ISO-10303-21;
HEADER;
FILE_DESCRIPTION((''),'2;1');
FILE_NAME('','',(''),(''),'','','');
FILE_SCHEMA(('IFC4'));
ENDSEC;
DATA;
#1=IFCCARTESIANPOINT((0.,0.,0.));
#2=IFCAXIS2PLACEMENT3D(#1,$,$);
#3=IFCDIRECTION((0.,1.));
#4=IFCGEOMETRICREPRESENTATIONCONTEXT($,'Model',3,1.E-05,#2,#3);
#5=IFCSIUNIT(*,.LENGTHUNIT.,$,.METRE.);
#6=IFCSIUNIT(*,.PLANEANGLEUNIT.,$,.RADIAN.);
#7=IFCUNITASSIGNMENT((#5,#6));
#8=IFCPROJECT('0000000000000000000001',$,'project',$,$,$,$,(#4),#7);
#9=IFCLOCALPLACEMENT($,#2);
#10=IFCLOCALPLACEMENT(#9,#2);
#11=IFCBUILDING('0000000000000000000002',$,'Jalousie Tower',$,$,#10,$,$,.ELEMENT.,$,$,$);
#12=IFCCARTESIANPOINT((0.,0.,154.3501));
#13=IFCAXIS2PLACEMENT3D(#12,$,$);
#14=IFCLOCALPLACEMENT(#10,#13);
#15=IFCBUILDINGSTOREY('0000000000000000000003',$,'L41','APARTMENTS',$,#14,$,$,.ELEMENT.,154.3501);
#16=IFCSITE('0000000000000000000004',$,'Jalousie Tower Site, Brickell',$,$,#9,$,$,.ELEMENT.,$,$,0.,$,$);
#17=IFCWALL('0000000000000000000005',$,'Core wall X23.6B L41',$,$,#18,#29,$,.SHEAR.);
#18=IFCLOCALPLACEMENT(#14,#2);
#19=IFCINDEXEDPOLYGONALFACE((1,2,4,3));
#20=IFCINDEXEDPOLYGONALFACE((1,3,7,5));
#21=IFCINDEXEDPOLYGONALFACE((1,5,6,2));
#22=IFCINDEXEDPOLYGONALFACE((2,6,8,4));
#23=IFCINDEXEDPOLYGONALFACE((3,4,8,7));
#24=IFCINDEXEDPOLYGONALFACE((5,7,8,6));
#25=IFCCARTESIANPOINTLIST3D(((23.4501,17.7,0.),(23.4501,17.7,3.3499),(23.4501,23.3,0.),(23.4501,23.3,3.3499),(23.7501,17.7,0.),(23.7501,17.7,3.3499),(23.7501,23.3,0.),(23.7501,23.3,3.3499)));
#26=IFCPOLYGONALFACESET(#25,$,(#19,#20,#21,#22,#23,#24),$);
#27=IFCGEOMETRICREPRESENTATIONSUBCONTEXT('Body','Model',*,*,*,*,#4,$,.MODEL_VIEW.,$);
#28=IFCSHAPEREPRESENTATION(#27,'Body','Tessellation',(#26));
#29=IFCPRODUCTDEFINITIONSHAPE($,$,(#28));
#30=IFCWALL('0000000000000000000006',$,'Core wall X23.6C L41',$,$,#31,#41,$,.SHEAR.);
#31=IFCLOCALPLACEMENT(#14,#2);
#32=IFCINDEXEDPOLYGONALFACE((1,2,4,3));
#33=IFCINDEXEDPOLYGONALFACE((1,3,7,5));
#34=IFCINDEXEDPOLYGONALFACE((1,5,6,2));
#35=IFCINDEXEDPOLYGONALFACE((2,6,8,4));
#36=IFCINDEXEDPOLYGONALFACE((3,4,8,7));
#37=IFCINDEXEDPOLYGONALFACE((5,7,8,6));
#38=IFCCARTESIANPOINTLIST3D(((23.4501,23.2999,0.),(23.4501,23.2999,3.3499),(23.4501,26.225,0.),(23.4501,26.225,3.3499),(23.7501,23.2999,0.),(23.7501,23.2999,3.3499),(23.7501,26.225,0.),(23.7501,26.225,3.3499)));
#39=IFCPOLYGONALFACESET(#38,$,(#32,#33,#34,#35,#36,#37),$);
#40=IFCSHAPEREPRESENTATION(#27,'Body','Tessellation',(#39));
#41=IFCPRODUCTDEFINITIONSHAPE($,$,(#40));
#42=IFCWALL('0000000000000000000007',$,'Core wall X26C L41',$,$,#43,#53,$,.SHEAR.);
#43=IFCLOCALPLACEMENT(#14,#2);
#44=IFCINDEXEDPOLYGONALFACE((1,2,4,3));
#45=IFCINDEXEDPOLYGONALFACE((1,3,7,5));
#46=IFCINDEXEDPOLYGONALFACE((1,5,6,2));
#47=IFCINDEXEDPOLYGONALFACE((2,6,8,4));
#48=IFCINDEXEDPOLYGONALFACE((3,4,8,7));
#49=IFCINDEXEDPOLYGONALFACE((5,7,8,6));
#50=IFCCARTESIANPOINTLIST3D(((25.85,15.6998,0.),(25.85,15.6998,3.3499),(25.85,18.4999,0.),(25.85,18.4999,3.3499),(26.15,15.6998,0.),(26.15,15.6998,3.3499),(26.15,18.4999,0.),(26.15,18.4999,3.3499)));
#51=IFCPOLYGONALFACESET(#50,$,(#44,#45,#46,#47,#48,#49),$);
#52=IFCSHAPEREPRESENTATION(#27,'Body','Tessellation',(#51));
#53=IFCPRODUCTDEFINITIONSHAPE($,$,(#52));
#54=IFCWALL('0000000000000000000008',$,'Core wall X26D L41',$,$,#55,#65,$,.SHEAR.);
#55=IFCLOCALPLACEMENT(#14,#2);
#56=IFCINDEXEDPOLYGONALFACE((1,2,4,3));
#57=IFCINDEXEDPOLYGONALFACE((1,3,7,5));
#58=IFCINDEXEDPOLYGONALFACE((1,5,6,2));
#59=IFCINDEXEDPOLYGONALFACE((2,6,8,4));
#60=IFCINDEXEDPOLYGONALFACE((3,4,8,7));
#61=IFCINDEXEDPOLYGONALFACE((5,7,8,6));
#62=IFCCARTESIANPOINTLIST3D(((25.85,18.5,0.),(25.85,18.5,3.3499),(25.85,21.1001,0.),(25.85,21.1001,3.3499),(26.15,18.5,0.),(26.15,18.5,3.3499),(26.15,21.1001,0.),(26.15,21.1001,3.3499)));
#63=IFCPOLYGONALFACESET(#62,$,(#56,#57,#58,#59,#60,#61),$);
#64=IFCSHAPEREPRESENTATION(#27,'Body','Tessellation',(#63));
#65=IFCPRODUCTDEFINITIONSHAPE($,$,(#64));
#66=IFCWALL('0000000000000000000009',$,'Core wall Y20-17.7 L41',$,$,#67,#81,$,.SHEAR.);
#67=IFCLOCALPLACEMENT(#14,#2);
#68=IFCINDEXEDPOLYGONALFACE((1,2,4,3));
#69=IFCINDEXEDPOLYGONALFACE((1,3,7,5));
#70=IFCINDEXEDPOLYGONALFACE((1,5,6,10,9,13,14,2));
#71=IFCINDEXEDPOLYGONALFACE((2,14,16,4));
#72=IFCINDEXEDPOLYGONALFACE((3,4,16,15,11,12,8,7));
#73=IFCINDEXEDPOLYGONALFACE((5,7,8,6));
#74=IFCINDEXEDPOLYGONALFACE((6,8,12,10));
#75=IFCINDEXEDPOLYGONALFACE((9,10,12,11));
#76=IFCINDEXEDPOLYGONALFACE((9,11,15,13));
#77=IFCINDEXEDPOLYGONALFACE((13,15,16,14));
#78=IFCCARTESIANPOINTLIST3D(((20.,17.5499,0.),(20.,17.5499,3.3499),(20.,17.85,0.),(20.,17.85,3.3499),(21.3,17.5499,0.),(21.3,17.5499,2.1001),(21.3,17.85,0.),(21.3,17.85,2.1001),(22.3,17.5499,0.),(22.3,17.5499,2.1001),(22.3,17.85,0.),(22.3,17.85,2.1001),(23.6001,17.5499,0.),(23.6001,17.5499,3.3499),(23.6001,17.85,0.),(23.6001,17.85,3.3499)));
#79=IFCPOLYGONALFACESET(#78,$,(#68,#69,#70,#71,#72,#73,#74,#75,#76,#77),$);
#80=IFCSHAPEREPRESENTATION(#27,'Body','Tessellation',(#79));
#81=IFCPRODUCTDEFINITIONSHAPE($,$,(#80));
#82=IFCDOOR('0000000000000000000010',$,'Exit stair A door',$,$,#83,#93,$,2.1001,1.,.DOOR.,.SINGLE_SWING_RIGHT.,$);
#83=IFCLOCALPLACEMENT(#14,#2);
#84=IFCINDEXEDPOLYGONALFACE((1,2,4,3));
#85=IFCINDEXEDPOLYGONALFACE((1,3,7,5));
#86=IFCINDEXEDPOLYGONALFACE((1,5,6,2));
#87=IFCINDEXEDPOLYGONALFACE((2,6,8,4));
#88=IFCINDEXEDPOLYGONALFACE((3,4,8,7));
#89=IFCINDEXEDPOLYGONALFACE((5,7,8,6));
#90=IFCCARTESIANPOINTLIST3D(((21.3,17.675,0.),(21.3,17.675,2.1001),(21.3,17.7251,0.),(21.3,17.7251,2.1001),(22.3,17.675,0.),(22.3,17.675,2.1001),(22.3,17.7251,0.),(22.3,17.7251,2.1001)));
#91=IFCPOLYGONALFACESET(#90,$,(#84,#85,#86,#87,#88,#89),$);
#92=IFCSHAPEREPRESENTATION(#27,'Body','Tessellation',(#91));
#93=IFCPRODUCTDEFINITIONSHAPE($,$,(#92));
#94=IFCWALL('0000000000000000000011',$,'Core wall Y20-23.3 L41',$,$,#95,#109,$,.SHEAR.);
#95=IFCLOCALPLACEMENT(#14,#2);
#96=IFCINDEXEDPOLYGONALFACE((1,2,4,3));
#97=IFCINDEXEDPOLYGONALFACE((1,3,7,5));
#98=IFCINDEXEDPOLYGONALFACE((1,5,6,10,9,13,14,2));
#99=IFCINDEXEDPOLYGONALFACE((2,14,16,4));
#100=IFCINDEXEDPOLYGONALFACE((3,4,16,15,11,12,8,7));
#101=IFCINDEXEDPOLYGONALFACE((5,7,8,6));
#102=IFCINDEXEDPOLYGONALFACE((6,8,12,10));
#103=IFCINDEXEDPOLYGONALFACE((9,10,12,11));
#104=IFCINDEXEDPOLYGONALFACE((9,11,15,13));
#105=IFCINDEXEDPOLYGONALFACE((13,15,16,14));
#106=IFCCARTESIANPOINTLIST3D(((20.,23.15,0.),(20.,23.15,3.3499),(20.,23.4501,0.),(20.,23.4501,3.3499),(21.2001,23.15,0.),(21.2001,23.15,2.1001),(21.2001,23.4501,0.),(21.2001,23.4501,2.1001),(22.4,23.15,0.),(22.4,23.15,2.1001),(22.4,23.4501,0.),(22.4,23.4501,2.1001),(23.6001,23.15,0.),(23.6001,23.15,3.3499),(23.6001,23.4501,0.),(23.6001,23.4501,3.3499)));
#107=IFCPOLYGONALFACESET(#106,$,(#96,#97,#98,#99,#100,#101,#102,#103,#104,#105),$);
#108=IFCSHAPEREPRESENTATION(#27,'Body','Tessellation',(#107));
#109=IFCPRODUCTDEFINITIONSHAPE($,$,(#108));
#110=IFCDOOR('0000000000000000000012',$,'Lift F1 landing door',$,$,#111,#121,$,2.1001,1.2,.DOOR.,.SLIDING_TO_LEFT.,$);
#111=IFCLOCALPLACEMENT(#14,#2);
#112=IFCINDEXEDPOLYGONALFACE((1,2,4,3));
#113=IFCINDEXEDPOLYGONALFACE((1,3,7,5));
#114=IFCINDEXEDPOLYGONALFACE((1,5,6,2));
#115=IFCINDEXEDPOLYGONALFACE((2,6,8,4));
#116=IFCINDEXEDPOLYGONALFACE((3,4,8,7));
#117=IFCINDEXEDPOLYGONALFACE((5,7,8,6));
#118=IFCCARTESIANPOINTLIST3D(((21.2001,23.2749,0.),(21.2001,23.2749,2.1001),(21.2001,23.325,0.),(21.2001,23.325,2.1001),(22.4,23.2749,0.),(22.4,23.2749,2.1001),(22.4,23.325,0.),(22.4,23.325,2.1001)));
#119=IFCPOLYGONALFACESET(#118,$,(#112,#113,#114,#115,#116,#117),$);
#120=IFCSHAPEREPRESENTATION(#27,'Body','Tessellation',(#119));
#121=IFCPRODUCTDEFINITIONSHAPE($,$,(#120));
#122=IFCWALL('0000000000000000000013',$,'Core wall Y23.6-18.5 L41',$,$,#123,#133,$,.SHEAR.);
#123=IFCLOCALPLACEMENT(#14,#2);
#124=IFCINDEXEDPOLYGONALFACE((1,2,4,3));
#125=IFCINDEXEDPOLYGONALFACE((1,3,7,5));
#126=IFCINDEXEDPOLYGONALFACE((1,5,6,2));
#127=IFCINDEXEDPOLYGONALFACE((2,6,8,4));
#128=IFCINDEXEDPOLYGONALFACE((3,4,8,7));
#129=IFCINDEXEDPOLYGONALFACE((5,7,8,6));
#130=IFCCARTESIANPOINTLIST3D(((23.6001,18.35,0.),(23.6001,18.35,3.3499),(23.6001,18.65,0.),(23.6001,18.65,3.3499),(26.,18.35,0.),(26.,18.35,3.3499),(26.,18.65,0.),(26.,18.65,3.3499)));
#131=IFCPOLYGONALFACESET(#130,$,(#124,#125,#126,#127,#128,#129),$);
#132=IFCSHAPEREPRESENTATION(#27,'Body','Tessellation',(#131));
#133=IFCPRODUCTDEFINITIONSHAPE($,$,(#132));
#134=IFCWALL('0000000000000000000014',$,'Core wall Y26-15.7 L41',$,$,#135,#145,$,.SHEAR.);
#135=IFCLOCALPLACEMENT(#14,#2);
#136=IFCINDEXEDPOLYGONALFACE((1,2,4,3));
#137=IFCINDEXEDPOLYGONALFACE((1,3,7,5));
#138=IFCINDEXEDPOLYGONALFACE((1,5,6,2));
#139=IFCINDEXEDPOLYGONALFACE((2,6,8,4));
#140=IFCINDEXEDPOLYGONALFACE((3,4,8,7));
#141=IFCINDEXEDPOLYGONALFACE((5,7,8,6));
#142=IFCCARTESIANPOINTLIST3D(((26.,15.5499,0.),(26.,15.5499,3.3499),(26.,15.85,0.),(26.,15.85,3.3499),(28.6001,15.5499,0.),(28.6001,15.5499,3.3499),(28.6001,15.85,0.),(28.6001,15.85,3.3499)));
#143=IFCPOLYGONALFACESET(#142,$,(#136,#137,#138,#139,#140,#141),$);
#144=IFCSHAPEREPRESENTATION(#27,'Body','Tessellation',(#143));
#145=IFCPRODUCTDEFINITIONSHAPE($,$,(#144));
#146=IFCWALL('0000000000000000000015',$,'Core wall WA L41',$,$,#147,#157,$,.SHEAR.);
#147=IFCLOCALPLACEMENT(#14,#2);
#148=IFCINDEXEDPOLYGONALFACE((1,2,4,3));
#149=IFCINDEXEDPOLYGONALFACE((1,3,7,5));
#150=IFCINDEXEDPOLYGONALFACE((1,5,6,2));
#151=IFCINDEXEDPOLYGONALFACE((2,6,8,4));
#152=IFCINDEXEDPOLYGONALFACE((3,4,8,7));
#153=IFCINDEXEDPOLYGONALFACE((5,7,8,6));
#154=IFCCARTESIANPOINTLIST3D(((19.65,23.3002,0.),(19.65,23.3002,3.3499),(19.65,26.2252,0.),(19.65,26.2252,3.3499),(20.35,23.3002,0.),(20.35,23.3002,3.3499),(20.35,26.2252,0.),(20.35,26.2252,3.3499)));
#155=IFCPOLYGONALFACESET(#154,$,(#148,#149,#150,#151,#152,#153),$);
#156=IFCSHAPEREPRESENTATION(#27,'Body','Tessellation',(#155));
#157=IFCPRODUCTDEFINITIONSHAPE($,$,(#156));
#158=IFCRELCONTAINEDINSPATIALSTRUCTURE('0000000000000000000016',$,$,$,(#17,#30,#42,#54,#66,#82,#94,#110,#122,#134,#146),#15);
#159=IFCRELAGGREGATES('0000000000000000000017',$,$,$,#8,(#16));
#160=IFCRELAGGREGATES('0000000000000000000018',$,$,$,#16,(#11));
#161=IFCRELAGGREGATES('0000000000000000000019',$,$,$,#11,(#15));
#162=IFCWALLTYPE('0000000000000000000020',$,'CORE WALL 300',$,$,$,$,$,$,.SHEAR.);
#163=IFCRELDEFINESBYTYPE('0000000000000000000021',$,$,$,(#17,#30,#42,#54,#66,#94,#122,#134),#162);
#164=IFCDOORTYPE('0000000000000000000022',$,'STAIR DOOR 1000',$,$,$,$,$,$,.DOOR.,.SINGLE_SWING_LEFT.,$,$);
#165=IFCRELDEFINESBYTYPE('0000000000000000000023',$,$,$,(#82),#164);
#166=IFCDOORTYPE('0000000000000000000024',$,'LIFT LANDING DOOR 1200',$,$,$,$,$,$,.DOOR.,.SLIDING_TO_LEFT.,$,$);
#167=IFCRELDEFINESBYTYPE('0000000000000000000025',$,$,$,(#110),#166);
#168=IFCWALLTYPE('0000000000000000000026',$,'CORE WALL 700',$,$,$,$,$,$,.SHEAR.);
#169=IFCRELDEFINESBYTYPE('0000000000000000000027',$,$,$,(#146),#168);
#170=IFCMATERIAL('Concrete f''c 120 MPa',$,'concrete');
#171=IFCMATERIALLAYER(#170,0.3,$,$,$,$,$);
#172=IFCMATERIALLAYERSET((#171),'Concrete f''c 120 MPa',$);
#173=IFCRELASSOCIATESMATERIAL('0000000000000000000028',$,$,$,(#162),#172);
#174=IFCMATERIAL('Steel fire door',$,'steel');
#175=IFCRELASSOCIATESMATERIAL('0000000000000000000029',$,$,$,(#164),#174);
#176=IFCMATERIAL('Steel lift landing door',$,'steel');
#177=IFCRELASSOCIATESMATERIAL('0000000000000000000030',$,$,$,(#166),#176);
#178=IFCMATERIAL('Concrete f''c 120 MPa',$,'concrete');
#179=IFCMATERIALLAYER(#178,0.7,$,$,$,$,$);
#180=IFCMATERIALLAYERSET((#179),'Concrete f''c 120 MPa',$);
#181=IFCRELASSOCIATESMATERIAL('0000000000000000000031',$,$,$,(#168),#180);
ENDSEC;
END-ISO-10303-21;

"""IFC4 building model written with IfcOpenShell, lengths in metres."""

from ifc_helpers import new_model, si_unit, direction, frame, frame_2d, origin, place, context, subcontext, project, spatial, rectangle, extrude, material, layer, layer_set, type_object, element, fill, save


model = new_model("IFC4")

# Units and contexts
model_context = context("Model", 3, precision=1e-05, world=origin(), true_north=direction((0.0, 1.0)))
body_context = subcontext(model_context, "Body", "Model", "MODEL_VIEW")
ifc_project = project(units=[si_unit("LENGTHUNIT", "METRE"), si_unit("PLANEANGLEUNIT", "RADIAN")], contexts=[model_context])

# Site, building, storey
site_placement = place(None, origin())
site = spatial("IfcSite", under=ifc_project, at=site_placement, Name="Jalousie Tower Site, Brickell", CompositionType="ELEMENT", RefElevation=0.0)
building_placement = place(site_placement, origin())
building = spatial("IfcBuilding", under=site, at=building_placement, Name="Jalousie Tower", CompositionType="ELEMENT")
storey_placement = place(building_placement, frame((0.0, 0.0, 154.3501)))
storey = spatial("IfcBuildingStorey", under=building, at=storey_placement, Name="L41", Description="APARTMENTS", CompositionType="ELEMENT", Elevation=154.3501)

# Walls
ifc_material_1 = material(Name="Concrete f'c 120 MPa", Category="concrete")
ifc_layer_1 = layer(ifc_material_1, 0.3)
ifc_layer_set_1 = layer_set([ifc_layer_1], Name="Concrete f'c 120 MPa")
wall_type_1 = type_object("IfcWallType", Name="CORE WALL 300", PredefinedType="SHEAR", material=ifc_layer_set_1)
wall_1_placement = place(storey_placement, frame((23.6001, 17.7, 0.0), z_axis=(0.0, 0.0, 1.0), x_axis=(0.0, 1.0, 0.0)))
element("IfcWall", 1, at=wall_1_placement, inside=storey, type_object=wall_type_1, Name="Core wall X23.6B L41", PredefinedType="SHEAR", context=body_context, shape_type="SweptSolid", body=[
    extrude(rectangle(XDim=5.6001, YDim=0.3, at=frame_2d((2.8, 0.0))), origin(), (0.0, 0.0, 1.0), 3.3499),
])
wall_2_placement = place(storey_placement, frame((23.6001, 23.3, 0.0), z_axis=(0.0, 0.0, 1.0), x_axis=(0.0, 1.0, 0.0)))
element("IfcWall", 2, at=wall_2_placement, inside=storey, type_object=wall_type_1, Name="Core wall X23.6C L41", PredefinedType="SHEAR", context=body_context, shape_type="SweptSolid", body=[
    extrude(rectangle(XDim=2.925, YDim=0.3, at=frame_2d((1.4624, 0.0))), origin(), (0.0, 0.0, 1.0), 3.3499),
])
wall_3_placement = place(storey_placement, frame((26.0, 15.7, 0.0), z_axis=(0.0, 0.0, 1.0), x_axis=(0.0, 1.0, 0.0)))
element("IfcWall", 3, at=wall_3_placement, inside=storey, type_object=wall_type_1, Name="Core wall X26C L41", PredefinedType="SHEAR", context=body_context, shape_type="SweptSolid", body=[
    extrude(rectangle(XDim=2.8, YDim=0.3, at=frame_2d((1.3999, 0.0))), origin(), (0.0, 0.0, 1.0), 3.3499),
])
wall_4_placement = place(storey_placement, frame((26.0, 18.5, 0.0), z_axis=(0.0, 0.0, 1.0), x_axis=(0.0, 1.0, 0.0)))
element("IfcWall", 4, at=wall_4_placement, inside=storey, type_object=wall_type_1, Name="Core wall X26D L41", PredefinedType="SHEAR", context=body_context, shape_type="SweptSolid", body=[
    extrude(rectangle(XDim=2.6001, YDim=0.3, at=frame_2d((1.3, 0.0))), origin(), (0.0, 0.0, 1.0), 3.3499),
])

# Walls, openings, doors
wall_5_placement = place(storey_placement, frame((20.0, 17.7, 0.0), z_axis=(0.0, 0.0, 1.0), x_axis=(1.0, 0.0, 0.0)))
wall_5 = element("IfcWall", 5, at=wall_5_placement, inside=storey, type_object=wall_type_1, Name="Core wall Y20-17.7 L41", PredefinedType="SHEAR", context=body_context, shape_type="SweptSolid", body=[
    extrude(rectangle(XDim=3.6001, YDim=0.3, at=frame_2d((1.8, 0.0))), origin(), (0.0, 0.0, 1.0), 3.3499),
])
opening_1_placement = place(wall_5_placement, frame((1.3, 0.0, 0.0)))
opening_1 = element("IfcOpeningElement", 6, at=opening_1_placement, cuts=wall_5, PredefinedType="OPENING", context=body_context, shape_type="SweptSolid", body=[
    extrude(rectangle(XDim=1.0, YDim=2.1001, at=frame_2d((0.5, 1.05))), frame((0.0, 0.1599, 0.0), z_axis=(0.0, -1.0, 0.0), x_axis=(1.0, 0.0, 0.0)), (0.0, 0.0, 1.0), 0.3201),
])
ifc_material_2 = material(Name="Steel fire door", Category="steel")
door_type_1 = type_object("IfcDoorType", Name="STAIR DOOR 1000", OperationType="SINGLE_SWING_LEFT", PredefinedType="DOOR", material=ifc_material_2)
door_1_placement = place(opening_1_placement, frame((1.0, 0.0, 0.0), z_axis=(0.0, 0.0, 1.0), x_axis=(-1.0, 0.0, 0.0)))
door_1 = element("IfcDoor", 7, at=door_1_placement, inside=storey, type_object=door_type_1, Name="Exit stair A door", OperationType="SINGLE_SWING_RIGHT", OverallHeight=2.1001, OverallWidth=1.0, PredefinedType="DOOR", context=body_context, shape_type="SweptSolid", body=[
    extrude(rectangle(XDim=1.0, YDim=2.1001, at=frame_2d((0.5, 1.05))), frame((0.0, 0.0249, 0.0), z_axis=(0.0, -1.0, 0.0), x_axis=(1.0, 0.0, 0.0)), (0.0, 0.0, 1.0), 0.05),
])
fill(opening_1, door_1)
wall_6_placement = place(storey_placement, frame((20.0, 23.3, 0.0), z_axis=(0.0, 0.0, 1.0), x_axis=(1.0, 0.0, 0.0)))
wall_6 = element("IfcWall", 8, at=wall_6_placement, inside=storey, type_object=wall_type_1, Name="Core wall Y20-23.3 L41", PredefinedType="SHEAR", context=body_context, shape_type="SweptSolid", body=[
    extrude(rectangle(XDim=3.6001, YDim=0.3, at=frame_2d((1.8, 0.0))), origin(), (0.0, 0.0, 1.0), 3.3499),
])
opening_2_placement = place(wall_6_placement, frame((1.2, 0.0, 0.0)))
opening_2 = element("IfcOpeningElement", 9, at=opening_2_placement, cuts=wall_6, PredefinedType="OPENING", context=body_context, shape_type="SweptSolid", body=[
    extrude(rectangle(XDim=1.2, YDim=2.1001, at=frame_2d((0.6001, 1.05))), frame((0.0, 0.1599, 0.0), z_axis=(0.0, -1.0, 0.0), x_axis=(1.0, 0.0, 0.0)), (0.0, 0.0, 1.0), 0.3201),
])
ifc_material_3 = material(Name="Steel lift landing door", Category="steel")
door_type_2 = type_object("IfcDoorType", Name="LIFT LANDING DOOR 1200", OperationType="SLIDING_TO_LEFT", PredefinedType="DOOR", material=ifc_material_3)
door_2_placement = place(opening_2_placement, origin())
door_2 = element("IfcDoor", 10, at=door_2_placement, inside=storey, type_object=door_type_2, Name="Lift F1 landing door", OperationType="SLIDING_TO_LEFT", OverallHeight=2.1001, OverallWidth=1.2, PredefinedType="DOOR", context=body_context, shape_type="SweptSolid", body=[
    extrude(rectangle(XDim=1.2, YDim=2.1001, at=frame_2d((0.6001, 1.05))), frame((0.0, 0.0249, 0.0), z_axis=(0.0, -1.0, 0.0), x_axis=(1.0, 0.0, 0.0)), (0.0, 0.0, 1.0), 0.05),
])
fill(opening_2, door_2)

# Walls
wall_7_placement = place(storey_placement, frame((23.6001, 18.5, 0.0), z_axis=(0.0, 0.0, 1.0), x_axis=(1.0, 0.0, 0.0)))
element("IfcWall", 11, at=wall_7_placement, inside=storey, type_object=wall_type_1, Name="Core wall Y23.6-18.5 L41", PredefinedType="SHEAR", context=body_context, shape_type="SweptSolid", body=[
    extrude(rectangle(XDim=2.3999, YDim=0.3, at=frame_2d((1.2, 0.0))), origin(), (0.0, 0.0, 1.0), 3.3499),
])
wall_8_placement = place(storey_placement, frame((26.0, 15.7, 0.0), z_axis=(0.0, 0.0, 1.0), x_axis=(1.0, 0.0, 0.0)))
element("IfcWall", 12, at=wall_8_placement, inside=storey, type_object=wall_type_1, Name="Core wall Y26-15.7 L41", PredefinedType="SHEAR", context=body_context, shape_type="SweptSolid", body=[
    extrude(rectangle(XDim=2.6001, YDim=0.3, at=frame_2d((1.3, 0.0))), origin(), (0.0, 0.0, 1.0), 3.3499),
])
ifc_material_4 = material(Name="Concrete f'c 120 MPa", Category="concrete")
ifc_layer_2 = layer(ifc_material_4, 0.7)
ifc_layer_set_2 = layer_set([ifc_layer_2], Name="Concrete f'c 120 MPa")
wall_type_2 = type_object("IfcWallType", Name="CORE WALL 700", PredefinedType="SHEAR", material=ifc_layer_set_2)
wall_9_placement = place(storey_placement, frame((20.0, 26.2251, 0.0), z_axis=(0.0, 0.0, 1.0), x_axis=(0.0, -1.0, 0.0)))
element("IfcWall", 13, at=wall_9_placement, inside=storey, type_object=wall_type_2, Name="Core wall WA L41", PredefinedType="SHEAR", context=body_context, shape_type="SweptSolid", body=[
    extrude(rectangle(XDim=2.925, YDim=0.7, at=frame_2d((1.4624, 0.0))), origin(), (0.0, 0.0, 1.0), 3.3499),
])

save(model, "model.ifc")
